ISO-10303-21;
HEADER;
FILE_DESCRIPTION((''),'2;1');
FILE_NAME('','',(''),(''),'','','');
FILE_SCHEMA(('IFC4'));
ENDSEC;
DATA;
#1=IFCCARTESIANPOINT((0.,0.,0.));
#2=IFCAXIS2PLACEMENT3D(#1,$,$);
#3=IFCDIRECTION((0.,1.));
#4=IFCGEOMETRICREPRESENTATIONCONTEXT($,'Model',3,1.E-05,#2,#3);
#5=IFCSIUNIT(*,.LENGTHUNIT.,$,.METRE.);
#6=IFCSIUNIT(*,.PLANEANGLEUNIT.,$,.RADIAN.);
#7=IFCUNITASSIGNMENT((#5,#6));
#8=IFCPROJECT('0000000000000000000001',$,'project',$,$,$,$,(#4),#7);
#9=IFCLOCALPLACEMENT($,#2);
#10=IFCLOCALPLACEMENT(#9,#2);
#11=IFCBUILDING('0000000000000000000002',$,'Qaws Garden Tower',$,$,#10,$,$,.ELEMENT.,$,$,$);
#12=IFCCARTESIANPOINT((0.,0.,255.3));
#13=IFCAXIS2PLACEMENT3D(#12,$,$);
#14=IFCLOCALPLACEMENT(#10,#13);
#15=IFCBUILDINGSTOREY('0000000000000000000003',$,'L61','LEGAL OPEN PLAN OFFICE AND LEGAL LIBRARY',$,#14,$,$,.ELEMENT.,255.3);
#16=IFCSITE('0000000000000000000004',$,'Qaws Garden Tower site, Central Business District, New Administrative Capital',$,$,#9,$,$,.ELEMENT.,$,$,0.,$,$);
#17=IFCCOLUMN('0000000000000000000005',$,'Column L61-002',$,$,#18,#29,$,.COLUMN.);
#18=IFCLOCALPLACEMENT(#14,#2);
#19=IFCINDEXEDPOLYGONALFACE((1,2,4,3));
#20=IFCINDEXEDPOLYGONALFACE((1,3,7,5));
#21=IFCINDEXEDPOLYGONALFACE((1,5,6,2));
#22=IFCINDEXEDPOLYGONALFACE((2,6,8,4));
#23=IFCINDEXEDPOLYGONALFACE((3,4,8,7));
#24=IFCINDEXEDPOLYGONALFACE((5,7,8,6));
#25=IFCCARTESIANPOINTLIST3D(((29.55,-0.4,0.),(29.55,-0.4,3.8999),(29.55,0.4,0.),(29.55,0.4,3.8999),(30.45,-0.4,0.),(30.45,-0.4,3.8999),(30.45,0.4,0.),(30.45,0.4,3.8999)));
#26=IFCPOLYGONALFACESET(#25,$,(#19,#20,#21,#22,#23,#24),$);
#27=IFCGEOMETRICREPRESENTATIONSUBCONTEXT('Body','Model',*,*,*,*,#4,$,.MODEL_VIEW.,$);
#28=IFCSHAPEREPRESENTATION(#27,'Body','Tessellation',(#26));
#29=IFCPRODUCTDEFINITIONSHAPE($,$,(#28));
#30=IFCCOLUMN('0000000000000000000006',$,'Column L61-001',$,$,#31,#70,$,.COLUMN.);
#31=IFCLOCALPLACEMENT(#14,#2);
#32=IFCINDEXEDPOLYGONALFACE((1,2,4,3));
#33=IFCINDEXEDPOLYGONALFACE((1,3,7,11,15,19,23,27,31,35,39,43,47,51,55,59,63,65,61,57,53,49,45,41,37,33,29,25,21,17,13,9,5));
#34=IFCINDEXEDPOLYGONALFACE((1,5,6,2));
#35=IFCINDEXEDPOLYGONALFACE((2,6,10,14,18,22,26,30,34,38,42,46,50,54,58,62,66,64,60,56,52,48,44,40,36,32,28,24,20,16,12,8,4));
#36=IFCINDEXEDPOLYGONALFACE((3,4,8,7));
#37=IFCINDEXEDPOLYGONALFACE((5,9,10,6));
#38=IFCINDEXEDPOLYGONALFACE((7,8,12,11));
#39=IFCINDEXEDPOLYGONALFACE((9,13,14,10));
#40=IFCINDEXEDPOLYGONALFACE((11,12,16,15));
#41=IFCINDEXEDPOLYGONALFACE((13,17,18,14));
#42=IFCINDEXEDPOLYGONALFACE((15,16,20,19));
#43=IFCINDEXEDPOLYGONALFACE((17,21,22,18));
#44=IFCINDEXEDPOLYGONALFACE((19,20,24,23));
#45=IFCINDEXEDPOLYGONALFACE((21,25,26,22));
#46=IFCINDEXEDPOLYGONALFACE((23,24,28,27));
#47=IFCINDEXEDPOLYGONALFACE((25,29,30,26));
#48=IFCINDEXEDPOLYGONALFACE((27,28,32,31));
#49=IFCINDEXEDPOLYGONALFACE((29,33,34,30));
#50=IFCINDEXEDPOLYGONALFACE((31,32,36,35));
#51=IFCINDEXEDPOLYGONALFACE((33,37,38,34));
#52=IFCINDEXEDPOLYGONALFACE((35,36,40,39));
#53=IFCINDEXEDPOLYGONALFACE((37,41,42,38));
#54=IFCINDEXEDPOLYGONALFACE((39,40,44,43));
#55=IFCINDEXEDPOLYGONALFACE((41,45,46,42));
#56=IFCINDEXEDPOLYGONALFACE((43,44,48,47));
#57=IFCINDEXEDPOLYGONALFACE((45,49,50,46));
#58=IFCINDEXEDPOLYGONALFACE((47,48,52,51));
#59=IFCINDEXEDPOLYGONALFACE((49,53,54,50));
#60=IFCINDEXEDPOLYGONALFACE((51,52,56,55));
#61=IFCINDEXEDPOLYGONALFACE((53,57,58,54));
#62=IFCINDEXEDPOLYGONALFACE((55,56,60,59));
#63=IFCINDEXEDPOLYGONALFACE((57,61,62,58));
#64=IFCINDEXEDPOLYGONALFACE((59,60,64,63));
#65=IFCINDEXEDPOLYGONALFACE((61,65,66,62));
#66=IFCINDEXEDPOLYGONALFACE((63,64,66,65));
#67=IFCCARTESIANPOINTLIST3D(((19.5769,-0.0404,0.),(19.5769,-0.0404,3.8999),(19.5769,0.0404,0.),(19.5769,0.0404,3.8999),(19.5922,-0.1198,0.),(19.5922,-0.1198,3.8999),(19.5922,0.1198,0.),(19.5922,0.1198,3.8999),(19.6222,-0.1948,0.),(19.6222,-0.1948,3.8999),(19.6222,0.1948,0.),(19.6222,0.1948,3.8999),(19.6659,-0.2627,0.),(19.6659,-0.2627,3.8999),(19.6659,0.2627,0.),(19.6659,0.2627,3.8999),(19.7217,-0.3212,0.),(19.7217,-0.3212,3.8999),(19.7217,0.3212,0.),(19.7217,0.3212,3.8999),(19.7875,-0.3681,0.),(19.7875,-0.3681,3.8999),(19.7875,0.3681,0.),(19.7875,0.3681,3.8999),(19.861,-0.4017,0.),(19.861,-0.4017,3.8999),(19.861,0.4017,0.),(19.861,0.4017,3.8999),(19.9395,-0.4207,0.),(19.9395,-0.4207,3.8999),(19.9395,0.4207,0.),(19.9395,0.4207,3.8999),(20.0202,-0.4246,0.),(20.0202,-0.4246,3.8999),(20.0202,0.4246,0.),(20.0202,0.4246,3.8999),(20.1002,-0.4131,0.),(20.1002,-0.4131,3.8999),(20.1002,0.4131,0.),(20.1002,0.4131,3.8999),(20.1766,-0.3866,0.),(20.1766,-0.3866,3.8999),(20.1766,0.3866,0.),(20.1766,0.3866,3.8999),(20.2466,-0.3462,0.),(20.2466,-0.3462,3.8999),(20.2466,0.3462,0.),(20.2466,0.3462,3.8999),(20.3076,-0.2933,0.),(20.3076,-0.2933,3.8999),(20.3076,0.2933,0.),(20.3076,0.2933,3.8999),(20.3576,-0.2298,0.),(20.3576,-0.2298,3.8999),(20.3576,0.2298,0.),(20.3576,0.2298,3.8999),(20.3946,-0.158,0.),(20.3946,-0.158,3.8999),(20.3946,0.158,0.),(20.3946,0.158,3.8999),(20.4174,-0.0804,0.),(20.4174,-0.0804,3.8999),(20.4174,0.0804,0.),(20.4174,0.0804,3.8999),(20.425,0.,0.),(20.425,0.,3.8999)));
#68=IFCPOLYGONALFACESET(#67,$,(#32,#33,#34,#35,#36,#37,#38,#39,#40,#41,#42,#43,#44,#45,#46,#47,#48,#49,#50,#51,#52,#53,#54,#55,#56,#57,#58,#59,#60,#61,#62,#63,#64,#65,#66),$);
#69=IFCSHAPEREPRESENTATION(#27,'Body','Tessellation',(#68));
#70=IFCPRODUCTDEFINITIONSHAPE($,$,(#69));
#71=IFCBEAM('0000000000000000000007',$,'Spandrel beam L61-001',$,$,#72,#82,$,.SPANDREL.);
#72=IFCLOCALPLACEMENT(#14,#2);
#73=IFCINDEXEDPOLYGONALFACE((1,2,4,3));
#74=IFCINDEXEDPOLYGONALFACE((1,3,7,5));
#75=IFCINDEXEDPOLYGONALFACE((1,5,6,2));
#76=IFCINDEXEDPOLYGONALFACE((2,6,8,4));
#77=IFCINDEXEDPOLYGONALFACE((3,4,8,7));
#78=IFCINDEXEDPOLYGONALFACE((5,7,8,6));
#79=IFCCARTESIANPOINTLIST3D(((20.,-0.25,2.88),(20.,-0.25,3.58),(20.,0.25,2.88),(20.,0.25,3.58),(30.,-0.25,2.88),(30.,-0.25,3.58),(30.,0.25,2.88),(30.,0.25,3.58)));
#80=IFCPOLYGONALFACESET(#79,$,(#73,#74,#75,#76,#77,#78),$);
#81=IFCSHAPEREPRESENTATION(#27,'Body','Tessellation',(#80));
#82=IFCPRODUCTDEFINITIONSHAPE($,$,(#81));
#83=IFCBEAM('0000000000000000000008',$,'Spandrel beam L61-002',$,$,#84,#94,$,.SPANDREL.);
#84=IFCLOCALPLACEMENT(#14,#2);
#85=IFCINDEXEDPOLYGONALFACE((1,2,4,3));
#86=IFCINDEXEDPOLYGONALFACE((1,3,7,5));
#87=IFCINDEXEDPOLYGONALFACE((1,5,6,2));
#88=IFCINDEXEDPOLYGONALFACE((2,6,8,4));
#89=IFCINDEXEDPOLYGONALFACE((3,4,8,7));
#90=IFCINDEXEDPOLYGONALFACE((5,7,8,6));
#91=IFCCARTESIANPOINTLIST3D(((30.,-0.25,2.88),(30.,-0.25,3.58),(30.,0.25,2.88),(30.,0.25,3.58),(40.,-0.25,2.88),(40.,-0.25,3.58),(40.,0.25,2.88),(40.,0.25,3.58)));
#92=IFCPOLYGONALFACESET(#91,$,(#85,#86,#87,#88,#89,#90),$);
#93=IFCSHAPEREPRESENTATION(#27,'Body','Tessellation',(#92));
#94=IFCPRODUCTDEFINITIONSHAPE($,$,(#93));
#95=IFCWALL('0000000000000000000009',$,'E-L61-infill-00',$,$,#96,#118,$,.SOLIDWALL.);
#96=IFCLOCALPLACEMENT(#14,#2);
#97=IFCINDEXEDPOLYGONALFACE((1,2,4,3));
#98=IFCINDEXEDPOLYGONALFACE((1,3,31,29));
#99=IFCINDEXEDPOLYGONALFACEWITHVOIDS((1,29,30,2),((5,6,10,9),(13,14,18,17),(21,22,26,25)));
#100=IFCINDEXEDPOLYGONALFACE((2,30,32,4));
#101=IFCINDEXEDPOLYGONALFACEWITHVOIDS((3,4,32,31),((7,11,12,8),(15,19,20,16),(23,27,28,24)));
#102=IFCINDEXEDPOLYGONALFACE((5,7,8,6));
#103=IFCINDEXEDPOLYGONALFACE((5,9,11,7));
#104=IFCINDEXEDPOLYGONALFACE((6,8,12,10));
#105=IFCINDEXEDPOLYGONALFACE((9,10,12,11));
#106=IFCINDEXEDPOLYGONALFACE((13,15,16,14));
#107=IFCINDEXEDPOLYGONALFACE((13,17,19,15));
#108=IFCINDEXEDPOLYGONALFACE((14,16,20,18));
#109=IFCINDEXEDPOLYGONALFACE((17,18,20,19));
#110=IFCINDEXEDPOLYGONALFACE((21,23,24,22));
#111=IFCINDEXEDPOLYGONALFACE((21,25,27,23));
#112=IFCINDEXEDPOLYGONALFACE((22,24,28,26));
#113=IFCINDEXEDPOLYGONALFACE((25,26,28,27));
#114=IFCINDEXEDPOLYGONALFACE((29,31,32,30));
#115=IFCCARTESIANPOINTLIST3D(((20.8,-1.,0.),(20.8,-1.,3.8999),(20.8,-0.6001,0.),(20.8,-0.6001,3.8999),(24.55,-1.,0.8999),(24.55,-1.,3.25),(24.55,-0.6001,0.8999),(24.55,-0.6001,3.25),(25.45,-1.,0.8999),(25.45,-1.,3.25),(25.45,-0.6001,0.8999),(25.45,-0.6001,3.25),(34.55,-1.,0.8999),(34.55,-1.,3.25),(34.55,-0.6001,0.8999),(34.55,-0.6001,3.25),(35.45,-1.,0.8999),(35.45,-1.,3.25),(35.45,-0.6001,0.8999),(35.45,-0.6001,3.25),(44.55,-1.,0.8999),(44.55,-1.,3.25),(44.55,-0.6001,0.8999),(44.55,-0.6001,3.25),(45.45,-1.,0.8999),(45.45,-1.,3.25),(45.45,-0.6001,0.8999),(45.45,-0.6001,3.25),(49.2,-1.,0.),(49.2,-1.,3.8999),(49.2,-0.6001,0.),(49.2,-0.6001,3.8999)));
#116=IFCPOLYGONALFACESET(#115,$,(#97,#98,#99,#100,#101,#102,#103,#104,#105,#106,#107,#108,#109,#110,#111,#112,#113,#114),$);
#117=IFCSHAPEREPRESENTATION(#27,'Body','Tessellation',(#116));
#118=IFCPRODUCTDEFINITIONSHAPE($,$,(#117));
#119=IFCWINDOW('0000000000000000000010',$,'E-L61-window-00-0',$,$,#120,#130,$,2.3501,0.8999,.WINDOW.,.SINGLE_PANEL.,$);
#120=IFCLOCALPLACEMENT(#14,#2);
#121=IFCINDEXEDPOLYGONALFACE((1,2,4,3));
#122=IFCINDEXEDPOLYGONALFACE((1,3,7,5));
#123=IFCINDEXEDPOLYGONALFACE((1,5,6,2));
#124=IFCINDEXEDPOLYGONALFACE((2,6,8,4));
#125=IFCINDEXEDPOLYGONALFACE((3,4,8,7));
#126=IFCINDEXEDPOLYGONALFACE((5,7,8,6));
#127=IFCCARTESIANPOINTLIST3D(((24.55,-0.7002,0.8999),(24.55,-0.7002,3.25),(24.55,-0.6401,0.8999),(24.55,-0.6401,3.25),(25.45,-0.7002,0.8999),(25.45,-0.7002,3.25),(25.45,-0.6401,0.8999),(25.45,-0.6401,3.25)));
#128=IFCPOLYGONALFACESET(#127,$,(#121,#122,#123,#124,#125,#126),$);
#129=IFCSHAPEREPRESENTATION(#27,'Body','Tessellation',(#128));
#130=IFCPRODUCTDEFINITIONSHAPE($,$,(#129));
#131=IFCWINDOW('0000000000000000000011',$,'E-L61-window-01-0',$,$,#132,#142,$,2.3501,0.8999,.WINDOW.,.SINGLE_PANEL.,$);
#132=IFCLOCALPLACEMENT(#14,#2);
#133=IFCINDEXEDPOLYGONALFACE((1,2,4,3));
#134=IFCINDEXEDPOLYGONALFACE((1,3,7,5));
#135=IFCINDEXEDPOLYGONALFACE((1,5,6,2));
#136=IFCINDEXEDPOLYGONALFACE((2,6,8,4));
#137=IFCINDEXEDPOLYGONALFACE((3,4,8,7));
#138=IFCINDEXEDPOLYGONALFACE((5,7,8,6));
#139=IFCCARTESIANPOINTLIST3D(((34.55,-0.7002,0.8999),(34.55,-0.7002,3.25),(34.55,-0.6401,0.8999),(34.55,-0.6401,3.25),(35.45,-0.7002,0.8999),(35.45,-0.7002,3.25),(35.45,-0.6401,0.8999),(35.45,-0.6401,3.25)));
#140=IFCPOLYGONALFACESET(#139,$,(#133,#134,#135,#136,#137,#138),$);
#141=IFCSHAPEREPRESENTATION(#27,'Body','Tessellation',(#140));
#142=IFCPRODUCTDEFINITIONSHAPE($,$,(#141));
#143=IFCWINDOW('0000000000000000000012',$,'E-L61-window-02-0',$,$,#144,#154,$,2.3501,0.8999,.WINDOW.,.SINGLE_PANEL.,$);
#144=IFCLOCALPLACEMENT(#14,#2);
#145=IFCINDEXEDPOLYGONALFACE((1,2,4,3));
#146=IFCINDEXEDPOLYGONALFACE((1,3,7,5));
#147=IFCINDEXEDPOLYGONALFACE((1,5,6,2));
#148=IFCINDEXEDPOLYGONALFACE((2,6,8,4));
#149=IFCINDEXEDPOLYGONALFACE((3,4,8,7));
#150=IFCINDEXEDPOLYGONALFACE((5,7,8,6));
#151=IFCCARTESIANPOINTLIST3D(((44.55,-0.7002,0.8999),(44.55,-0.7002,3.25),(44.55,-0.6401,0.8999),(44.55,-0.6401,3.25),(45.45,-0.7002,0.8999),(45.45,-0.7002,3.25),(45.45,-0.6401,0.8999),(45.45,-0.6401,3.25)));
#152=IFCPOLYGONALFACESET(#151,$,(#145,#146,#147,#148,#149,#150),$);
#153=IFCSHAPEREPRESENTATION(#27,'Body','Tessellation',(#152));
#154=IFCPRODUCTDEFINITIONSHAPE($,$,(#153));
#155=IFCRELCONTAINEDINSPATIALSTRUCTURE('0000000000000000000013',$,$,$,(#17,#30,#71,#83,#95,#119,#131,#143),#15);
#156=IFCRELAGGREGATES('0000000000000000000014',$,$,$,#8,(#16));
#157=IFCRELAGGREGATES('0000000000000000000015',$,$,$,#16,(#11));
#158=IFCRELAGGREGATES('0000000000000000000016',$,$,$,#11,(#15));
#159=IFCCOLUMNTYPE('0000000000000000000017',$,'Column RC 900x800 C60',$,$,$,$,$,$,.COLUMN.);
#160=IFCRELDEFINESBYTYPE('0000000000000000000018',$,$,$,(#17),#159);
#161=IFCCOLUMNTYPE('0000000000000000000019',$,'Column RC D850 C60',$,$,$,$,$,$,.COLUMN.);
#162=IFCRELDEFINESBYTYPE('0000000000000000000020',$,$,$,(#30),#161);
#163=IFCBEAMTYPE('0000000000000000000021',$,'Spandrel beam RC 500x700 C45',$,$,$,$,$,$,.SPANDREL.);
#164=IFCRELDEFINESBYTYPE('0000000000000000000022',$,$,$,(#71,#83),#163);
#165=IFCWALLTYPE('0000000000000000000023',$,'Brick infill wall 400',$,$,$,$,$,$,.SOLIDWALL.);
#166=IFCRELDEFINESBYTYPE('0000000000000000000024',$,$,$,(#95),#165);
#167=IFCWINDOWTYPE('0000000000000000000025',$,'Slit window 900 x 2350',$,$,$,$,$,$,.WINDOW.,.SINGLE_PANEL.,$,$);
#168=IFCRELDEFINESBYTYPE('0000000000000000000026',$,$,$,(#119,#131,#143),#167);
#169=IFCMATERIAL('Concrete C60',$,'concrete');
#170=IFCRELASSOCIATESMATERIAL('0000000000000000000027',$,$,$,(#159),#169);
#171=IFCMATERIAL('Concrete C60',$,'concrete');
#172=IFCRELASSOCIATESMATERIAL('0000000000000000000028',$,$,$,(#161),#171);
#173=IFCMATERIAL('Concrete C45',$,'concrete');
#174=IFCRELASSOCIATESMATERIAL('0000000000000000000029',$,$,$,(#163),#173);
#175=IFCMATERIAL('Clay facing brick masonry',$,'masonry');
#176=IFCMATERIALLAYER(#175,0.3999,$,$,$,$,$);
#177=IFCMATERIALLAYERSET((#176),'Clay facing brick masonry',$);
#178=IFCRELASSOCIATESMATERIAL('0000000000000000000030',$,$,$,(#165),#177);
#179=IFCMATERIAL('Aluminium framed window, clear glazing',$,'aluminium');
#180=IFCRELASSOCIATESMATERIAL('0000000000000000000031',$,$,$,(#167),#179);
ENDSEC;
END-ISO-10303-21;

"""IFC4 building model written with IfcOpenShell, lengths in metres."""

from ifc_helpers import new_model, si_unit, direction, frame, frame_2d, origin, origin_2d, place, context, subcontext, project, spatial, rectangle, circle, extrude, material, layer, layer_set, material_profile, profile_set, type_object, element, fill, save


model = new_model("IFC4")

# Units and contexts
model_context = context("Model", 3, precision=1e-05, world=origin(), true_north=direction((0.0, 1.0)))
body_context = subcontext(model_context, "Body", "Model", "MODEL_VIEW")
ifc_project = project(units=[si_unit("LENGTHUNIT", "METRE"), si_unit("PLANEANGLEUNIT", "RADIAN")], contexts=[model_context])

# Site, building, storey
site_placement = place(None, origin())
site = spatial("IfcSite", under=ifc_project, at=site_placement, Name="Qaws Garden Tower site, Central Business District, New Administrative Capital", CompositionType="ELEMENT", RefElevation=0.0)
building_placement = place(site_placement, origin())
building = spatial("IfcBuilding", under=site, at=building_placement, Name="Qaws Garden Tower", CompositionType="ELEMENT")
storey_placement = place(building_placement, frame((0.0, 0.0, 255.3)))
storey = spatial("IfcBuildingStorey", under=building, at=storey_placement, Name="L61", Description="LEGAL OPEN PLAN OFFICE AND LEGAL LIBRARY", CompositionType="ELEMENT", Elevation=255.3)

# Columns
ifc_material_1 = material(Name="Concrete C60", Category="concrete")
ifc_material_profile_1 = material_profile(ifc_material_1, rectangle(XDim=0.8999, YDim=0.8, at=origin_2d()), Name="RC 900x800")
ifc_profile_set_1 = profile_set([ifc_material_profile_1], Name="Concrete C60")
column_type_1 = type_object("IfcColumnType", Name="Column RC 900x800 C60", PredefinedType="COLUMN", material=ifc_profile_set_1)
column_1_placement = place(storey_placement, frame((30.0, 0.0, 0.0), z_axis=(0.0, 0.0, 1.0), x_axis=(1.0, 0.0, 0.0)))
element("IfcColumn", 1, at=column_1_placement, inside=storey, type_object=column_type_1, Name="Column L61-002", PredefinedType="COLUMN", context=body_context, shape_type="SweptSolid", body=[
    extrude(rectangle(XDim=0.8999, YDim=0.8, at=origin_2d()), origin(), (0.0, 0.0, 1.0), 3.8999),
])
ifc_material_2 = material(Name="Concrete C60", Category="concrete")
ifc_material_profile_2 = material_profile(ifc_material_2, circle(Radius=0.425, at=origin_2d()), Name="RC D850")
ifc_profile_set_2 = profile_set([ifc_material_profile_2], Name="Concrete C60")
column_type_2 = type_object("IfcColumnType", Name="Column RC D850 C60", PredefinedType="COLUMN", material=ifc_profile_set_2)
column_2_placement = place(storey_placement, frame((20.0, 0.0, 0.0), z_axis=(0.0, 0.0, 1.0), x_axis=(1.0, 0.0, 0.0)))
element("IfcColumn", 2, at=column_2_placement, inside=storey, type_object=column_type_2, Name="Column L61-001", PredefinedType="COLUMN", context=body_context, shape_type="SweptSolid", body=[
    extrude(circle(Radius=0.425, at=origin_2d()), origin(), (0.0, 0.0, 1.0), 3.8999),
])

# Beams
ifc_material_3 = material(Name="Concrete C45", Category="concrete")
ifc_material_profile_3 = material_profile(ifc_material_3, rectangle(XDim=0.5, YDim=0.7, at=origin_2d()), Name="RC 500x700")
ifc_profile_set_3 = profile_set([ifc_material_profile_3], Name="Concrete C45")
beam_type = type_object("IfcBeamType", Name="Spandrel beam RC 500x700 C45", PredefinedType="SPANDREL", material=ifc_profile_set_3)
for number, where, z_axis, x_axis, name in (
    (3, (20.0, 0.0, 3.23), (1.0, 0.0, 0.0), (0.0, 1.0, 0.0), "Spandrel beam L61-001"),
    (4, (30.0, 0.0, 3.23), (1.0, 0.0, 0.0), (0.0, 1.0, 0.0), "Spandrel beam L61-002"),
):
    element("IfcBeam", number, at=place(storey_placement, frame(where, z_axis=z_axis, x_axis=x_axis)), inside=storey, type_object=beam_type, Name=name, PredefinedType="SPANDREL", context=body_context, shape_type="SweptSolid", body=[
        extrude(rectangle(XDim=0.5, YDim=0.7, at=origin_2d()), origin(), (0.0, 0.0, 1.0), 10.0),
    ])

# Wall, openings, windows
ifc_material_4 = material(Name="Clay facing brick masonry", Category="masonry")
ifc_layer_1 = layer(ifc_material_4, 0.3999)
ifc_layer_set_1 = layer_set([ifc_layer_1], Name="Clay facing brick masonry")
wall_type_1 = type_object("IfcWallType", Name="Brick infill wall 400", PredefinedType="SOLIDWALL", material=ifc_layer_set_1)
wall_1_placement = place(storey_placement, frame((20.8, -0.8, 0.0), z_axis=(0.0, 0.0, 1.0), x_axis=(1.0, 0.0, 0.0)))
wall_1 = element("IfcWall", 5, at=wall_1_placement, inside=storey, type_object=wall_type_1, Name="E-L61-infill-00", PredefinedType="SOLIDWALL", context=body_context, shape_type="SweptSolid", body=[
    extrude(rectangle(XDim=28.3999, YDim=0.3999, at=frame_2d((14.2, 0.0))), origin(), (0.0, 0.0, 1.0), 3.8999),
])
opening_1_placement = place(wall_1_placement, frame((3.75, 0.0, 0.8999)))
opening_1 = element("IfcOpeningElement", 6, at=opening_1_placement, cuts=wall_1, PredefinedType="OPENING", context=body_context, shape_type="SweptSolid", body=[
    extrude(rectangle(XDim=0.8999, YDim=2.3501, at=frame_2d((0.45, 1.175))), frame((0.0, 0.21, 0.0), z_axis=(0.0, -1.0, 0.0), x_axis=(1.0, 0.0, 0.0)), (0.0, 0.0, 1.0), 0.4199),
])
opening_2_placement = place(wall_1_placement, frame((13.75, 0.0, 0.8999)))
opening_2 = element("IfcOpeningElement", 7, at=opening_2_placement, cuts=wall_1, PredefinedType="OPENING", context=body_context, shape_type="SweptSolid", body=[
    extrude(rectangle(XDim=0.8999, YDim=2.3501, at=frame_2d((0.45, 1.175))), frame((0.0, 0.21, 0.0), z_axis=(0.0, -1.0, 0.0), x_axis=(1.0, 0.0, 0.0)), (0.0, 0.0, 1.0), 0.4199),
])
opening_3_placement = place(wall_1_placement, frame((23.75, 0.0, 0.8999)))
opening_3 = element("IfcOpeningElement", 8, at=opening_3_placement, cuts=wall_1, PredefinedType="OPENING", context=body_context, shape_type="SweptSolid", body=[
    extrude(rectangle(XDim=0.8999, YDim=2.3501, at=frame_2d((0.45, 1.175))), frame((0.0, 0.21, 0.0), z_axis=(0.0, -1.0, 0.0), x_axis=(1.0, 0.0, 0.0)), (0.0, 0.0, 1.0), 0.4199),
])
ifc_material_5 = material(Name="Aluminium framed window, clear glazing", Category="aluminium")
window_type = type_object("IfcWindowType", Name="Slit window 900 x 2350", PartitioningType="SINGLE_PANEL", PredefinedType="WINDOW", material=ifc_material_5)
window_1_placement = place(opening_1_placement, origin())
window_1 = element("IfcWindow", 9, at=window_1_placement, inside=storey, type_object=window_type, Name="E-L61-window-00-0", OverallHeight=2.3501, OverallWidth=0.8999, PartitioningType="SINGLE_PANEL", PredefinedType="WINDOW", context=body_context, shape_type="SweptSolid", body=[
    extrude(rectangle(XDim=0.8999, YDim=2.3501, at=frame_2d((0.45, 1.175))), frame((0.0, 0.1599, 0.0), z_axis=(0.0, -1.0, 0.0), x_axis=(1.0, 0.0, 0.0)), (0.0, 0.0, 1.0), 0.0601),
])
fill(opening_1, window_1)
window_2_placement = place(opening_2_placement, origin())
window_2 = element("IfcWindow", 10, at=window_2_placement, inside=storey, type_object=window_type, Name="E-L61-window-01-0", OverallHeight=2.3501, OverallWidth=0.8999, PartitioningType="SINGLE_PANEL", PredefinedType="WINDOW", context=body_context, shape_type="SweptSolid", body=[
    extrude(rectangle(XDim=0.8999, YDim=2.3501, at=frame_2d((0.45, 1.175))), frame((0.0, 0.1599, 0.0), z_axis=(0.0, -1.0, 0.0), x_axis=(1.0, 0.0, 0.0)), (0.0, 0.0, 1.0), 0.0601),
])
fill(opening_2, window_2)
window_3_placement = place(opening_3_placement, origin())
window_3 = element("IfcWindow", 11, at=window_3_placement, inside=storey, type_object=window_type, Name="E-L61-window-02-0", OverallHeight=2.3501, OverallWidth=0.8999, PartitioningType="SINGLE_PANEL", PredefinedType="WINDOW", context=body_context, shape_type="SweptSolid", body=[
    extrude(rectangle(XDim=0.8999, YDim=2.3501, at=frame_2d((0.45, 1.175))), frame((0.0, 0.1599, 0.0), z_axis=(0.0, -1.0, 0.0), x_axis=(1.0, 0.0, 0.0)), (0.0, 0.0, 1.0), 0.0601),
])
fill(opening_3, window_3)

save(model, "model.ifc")
